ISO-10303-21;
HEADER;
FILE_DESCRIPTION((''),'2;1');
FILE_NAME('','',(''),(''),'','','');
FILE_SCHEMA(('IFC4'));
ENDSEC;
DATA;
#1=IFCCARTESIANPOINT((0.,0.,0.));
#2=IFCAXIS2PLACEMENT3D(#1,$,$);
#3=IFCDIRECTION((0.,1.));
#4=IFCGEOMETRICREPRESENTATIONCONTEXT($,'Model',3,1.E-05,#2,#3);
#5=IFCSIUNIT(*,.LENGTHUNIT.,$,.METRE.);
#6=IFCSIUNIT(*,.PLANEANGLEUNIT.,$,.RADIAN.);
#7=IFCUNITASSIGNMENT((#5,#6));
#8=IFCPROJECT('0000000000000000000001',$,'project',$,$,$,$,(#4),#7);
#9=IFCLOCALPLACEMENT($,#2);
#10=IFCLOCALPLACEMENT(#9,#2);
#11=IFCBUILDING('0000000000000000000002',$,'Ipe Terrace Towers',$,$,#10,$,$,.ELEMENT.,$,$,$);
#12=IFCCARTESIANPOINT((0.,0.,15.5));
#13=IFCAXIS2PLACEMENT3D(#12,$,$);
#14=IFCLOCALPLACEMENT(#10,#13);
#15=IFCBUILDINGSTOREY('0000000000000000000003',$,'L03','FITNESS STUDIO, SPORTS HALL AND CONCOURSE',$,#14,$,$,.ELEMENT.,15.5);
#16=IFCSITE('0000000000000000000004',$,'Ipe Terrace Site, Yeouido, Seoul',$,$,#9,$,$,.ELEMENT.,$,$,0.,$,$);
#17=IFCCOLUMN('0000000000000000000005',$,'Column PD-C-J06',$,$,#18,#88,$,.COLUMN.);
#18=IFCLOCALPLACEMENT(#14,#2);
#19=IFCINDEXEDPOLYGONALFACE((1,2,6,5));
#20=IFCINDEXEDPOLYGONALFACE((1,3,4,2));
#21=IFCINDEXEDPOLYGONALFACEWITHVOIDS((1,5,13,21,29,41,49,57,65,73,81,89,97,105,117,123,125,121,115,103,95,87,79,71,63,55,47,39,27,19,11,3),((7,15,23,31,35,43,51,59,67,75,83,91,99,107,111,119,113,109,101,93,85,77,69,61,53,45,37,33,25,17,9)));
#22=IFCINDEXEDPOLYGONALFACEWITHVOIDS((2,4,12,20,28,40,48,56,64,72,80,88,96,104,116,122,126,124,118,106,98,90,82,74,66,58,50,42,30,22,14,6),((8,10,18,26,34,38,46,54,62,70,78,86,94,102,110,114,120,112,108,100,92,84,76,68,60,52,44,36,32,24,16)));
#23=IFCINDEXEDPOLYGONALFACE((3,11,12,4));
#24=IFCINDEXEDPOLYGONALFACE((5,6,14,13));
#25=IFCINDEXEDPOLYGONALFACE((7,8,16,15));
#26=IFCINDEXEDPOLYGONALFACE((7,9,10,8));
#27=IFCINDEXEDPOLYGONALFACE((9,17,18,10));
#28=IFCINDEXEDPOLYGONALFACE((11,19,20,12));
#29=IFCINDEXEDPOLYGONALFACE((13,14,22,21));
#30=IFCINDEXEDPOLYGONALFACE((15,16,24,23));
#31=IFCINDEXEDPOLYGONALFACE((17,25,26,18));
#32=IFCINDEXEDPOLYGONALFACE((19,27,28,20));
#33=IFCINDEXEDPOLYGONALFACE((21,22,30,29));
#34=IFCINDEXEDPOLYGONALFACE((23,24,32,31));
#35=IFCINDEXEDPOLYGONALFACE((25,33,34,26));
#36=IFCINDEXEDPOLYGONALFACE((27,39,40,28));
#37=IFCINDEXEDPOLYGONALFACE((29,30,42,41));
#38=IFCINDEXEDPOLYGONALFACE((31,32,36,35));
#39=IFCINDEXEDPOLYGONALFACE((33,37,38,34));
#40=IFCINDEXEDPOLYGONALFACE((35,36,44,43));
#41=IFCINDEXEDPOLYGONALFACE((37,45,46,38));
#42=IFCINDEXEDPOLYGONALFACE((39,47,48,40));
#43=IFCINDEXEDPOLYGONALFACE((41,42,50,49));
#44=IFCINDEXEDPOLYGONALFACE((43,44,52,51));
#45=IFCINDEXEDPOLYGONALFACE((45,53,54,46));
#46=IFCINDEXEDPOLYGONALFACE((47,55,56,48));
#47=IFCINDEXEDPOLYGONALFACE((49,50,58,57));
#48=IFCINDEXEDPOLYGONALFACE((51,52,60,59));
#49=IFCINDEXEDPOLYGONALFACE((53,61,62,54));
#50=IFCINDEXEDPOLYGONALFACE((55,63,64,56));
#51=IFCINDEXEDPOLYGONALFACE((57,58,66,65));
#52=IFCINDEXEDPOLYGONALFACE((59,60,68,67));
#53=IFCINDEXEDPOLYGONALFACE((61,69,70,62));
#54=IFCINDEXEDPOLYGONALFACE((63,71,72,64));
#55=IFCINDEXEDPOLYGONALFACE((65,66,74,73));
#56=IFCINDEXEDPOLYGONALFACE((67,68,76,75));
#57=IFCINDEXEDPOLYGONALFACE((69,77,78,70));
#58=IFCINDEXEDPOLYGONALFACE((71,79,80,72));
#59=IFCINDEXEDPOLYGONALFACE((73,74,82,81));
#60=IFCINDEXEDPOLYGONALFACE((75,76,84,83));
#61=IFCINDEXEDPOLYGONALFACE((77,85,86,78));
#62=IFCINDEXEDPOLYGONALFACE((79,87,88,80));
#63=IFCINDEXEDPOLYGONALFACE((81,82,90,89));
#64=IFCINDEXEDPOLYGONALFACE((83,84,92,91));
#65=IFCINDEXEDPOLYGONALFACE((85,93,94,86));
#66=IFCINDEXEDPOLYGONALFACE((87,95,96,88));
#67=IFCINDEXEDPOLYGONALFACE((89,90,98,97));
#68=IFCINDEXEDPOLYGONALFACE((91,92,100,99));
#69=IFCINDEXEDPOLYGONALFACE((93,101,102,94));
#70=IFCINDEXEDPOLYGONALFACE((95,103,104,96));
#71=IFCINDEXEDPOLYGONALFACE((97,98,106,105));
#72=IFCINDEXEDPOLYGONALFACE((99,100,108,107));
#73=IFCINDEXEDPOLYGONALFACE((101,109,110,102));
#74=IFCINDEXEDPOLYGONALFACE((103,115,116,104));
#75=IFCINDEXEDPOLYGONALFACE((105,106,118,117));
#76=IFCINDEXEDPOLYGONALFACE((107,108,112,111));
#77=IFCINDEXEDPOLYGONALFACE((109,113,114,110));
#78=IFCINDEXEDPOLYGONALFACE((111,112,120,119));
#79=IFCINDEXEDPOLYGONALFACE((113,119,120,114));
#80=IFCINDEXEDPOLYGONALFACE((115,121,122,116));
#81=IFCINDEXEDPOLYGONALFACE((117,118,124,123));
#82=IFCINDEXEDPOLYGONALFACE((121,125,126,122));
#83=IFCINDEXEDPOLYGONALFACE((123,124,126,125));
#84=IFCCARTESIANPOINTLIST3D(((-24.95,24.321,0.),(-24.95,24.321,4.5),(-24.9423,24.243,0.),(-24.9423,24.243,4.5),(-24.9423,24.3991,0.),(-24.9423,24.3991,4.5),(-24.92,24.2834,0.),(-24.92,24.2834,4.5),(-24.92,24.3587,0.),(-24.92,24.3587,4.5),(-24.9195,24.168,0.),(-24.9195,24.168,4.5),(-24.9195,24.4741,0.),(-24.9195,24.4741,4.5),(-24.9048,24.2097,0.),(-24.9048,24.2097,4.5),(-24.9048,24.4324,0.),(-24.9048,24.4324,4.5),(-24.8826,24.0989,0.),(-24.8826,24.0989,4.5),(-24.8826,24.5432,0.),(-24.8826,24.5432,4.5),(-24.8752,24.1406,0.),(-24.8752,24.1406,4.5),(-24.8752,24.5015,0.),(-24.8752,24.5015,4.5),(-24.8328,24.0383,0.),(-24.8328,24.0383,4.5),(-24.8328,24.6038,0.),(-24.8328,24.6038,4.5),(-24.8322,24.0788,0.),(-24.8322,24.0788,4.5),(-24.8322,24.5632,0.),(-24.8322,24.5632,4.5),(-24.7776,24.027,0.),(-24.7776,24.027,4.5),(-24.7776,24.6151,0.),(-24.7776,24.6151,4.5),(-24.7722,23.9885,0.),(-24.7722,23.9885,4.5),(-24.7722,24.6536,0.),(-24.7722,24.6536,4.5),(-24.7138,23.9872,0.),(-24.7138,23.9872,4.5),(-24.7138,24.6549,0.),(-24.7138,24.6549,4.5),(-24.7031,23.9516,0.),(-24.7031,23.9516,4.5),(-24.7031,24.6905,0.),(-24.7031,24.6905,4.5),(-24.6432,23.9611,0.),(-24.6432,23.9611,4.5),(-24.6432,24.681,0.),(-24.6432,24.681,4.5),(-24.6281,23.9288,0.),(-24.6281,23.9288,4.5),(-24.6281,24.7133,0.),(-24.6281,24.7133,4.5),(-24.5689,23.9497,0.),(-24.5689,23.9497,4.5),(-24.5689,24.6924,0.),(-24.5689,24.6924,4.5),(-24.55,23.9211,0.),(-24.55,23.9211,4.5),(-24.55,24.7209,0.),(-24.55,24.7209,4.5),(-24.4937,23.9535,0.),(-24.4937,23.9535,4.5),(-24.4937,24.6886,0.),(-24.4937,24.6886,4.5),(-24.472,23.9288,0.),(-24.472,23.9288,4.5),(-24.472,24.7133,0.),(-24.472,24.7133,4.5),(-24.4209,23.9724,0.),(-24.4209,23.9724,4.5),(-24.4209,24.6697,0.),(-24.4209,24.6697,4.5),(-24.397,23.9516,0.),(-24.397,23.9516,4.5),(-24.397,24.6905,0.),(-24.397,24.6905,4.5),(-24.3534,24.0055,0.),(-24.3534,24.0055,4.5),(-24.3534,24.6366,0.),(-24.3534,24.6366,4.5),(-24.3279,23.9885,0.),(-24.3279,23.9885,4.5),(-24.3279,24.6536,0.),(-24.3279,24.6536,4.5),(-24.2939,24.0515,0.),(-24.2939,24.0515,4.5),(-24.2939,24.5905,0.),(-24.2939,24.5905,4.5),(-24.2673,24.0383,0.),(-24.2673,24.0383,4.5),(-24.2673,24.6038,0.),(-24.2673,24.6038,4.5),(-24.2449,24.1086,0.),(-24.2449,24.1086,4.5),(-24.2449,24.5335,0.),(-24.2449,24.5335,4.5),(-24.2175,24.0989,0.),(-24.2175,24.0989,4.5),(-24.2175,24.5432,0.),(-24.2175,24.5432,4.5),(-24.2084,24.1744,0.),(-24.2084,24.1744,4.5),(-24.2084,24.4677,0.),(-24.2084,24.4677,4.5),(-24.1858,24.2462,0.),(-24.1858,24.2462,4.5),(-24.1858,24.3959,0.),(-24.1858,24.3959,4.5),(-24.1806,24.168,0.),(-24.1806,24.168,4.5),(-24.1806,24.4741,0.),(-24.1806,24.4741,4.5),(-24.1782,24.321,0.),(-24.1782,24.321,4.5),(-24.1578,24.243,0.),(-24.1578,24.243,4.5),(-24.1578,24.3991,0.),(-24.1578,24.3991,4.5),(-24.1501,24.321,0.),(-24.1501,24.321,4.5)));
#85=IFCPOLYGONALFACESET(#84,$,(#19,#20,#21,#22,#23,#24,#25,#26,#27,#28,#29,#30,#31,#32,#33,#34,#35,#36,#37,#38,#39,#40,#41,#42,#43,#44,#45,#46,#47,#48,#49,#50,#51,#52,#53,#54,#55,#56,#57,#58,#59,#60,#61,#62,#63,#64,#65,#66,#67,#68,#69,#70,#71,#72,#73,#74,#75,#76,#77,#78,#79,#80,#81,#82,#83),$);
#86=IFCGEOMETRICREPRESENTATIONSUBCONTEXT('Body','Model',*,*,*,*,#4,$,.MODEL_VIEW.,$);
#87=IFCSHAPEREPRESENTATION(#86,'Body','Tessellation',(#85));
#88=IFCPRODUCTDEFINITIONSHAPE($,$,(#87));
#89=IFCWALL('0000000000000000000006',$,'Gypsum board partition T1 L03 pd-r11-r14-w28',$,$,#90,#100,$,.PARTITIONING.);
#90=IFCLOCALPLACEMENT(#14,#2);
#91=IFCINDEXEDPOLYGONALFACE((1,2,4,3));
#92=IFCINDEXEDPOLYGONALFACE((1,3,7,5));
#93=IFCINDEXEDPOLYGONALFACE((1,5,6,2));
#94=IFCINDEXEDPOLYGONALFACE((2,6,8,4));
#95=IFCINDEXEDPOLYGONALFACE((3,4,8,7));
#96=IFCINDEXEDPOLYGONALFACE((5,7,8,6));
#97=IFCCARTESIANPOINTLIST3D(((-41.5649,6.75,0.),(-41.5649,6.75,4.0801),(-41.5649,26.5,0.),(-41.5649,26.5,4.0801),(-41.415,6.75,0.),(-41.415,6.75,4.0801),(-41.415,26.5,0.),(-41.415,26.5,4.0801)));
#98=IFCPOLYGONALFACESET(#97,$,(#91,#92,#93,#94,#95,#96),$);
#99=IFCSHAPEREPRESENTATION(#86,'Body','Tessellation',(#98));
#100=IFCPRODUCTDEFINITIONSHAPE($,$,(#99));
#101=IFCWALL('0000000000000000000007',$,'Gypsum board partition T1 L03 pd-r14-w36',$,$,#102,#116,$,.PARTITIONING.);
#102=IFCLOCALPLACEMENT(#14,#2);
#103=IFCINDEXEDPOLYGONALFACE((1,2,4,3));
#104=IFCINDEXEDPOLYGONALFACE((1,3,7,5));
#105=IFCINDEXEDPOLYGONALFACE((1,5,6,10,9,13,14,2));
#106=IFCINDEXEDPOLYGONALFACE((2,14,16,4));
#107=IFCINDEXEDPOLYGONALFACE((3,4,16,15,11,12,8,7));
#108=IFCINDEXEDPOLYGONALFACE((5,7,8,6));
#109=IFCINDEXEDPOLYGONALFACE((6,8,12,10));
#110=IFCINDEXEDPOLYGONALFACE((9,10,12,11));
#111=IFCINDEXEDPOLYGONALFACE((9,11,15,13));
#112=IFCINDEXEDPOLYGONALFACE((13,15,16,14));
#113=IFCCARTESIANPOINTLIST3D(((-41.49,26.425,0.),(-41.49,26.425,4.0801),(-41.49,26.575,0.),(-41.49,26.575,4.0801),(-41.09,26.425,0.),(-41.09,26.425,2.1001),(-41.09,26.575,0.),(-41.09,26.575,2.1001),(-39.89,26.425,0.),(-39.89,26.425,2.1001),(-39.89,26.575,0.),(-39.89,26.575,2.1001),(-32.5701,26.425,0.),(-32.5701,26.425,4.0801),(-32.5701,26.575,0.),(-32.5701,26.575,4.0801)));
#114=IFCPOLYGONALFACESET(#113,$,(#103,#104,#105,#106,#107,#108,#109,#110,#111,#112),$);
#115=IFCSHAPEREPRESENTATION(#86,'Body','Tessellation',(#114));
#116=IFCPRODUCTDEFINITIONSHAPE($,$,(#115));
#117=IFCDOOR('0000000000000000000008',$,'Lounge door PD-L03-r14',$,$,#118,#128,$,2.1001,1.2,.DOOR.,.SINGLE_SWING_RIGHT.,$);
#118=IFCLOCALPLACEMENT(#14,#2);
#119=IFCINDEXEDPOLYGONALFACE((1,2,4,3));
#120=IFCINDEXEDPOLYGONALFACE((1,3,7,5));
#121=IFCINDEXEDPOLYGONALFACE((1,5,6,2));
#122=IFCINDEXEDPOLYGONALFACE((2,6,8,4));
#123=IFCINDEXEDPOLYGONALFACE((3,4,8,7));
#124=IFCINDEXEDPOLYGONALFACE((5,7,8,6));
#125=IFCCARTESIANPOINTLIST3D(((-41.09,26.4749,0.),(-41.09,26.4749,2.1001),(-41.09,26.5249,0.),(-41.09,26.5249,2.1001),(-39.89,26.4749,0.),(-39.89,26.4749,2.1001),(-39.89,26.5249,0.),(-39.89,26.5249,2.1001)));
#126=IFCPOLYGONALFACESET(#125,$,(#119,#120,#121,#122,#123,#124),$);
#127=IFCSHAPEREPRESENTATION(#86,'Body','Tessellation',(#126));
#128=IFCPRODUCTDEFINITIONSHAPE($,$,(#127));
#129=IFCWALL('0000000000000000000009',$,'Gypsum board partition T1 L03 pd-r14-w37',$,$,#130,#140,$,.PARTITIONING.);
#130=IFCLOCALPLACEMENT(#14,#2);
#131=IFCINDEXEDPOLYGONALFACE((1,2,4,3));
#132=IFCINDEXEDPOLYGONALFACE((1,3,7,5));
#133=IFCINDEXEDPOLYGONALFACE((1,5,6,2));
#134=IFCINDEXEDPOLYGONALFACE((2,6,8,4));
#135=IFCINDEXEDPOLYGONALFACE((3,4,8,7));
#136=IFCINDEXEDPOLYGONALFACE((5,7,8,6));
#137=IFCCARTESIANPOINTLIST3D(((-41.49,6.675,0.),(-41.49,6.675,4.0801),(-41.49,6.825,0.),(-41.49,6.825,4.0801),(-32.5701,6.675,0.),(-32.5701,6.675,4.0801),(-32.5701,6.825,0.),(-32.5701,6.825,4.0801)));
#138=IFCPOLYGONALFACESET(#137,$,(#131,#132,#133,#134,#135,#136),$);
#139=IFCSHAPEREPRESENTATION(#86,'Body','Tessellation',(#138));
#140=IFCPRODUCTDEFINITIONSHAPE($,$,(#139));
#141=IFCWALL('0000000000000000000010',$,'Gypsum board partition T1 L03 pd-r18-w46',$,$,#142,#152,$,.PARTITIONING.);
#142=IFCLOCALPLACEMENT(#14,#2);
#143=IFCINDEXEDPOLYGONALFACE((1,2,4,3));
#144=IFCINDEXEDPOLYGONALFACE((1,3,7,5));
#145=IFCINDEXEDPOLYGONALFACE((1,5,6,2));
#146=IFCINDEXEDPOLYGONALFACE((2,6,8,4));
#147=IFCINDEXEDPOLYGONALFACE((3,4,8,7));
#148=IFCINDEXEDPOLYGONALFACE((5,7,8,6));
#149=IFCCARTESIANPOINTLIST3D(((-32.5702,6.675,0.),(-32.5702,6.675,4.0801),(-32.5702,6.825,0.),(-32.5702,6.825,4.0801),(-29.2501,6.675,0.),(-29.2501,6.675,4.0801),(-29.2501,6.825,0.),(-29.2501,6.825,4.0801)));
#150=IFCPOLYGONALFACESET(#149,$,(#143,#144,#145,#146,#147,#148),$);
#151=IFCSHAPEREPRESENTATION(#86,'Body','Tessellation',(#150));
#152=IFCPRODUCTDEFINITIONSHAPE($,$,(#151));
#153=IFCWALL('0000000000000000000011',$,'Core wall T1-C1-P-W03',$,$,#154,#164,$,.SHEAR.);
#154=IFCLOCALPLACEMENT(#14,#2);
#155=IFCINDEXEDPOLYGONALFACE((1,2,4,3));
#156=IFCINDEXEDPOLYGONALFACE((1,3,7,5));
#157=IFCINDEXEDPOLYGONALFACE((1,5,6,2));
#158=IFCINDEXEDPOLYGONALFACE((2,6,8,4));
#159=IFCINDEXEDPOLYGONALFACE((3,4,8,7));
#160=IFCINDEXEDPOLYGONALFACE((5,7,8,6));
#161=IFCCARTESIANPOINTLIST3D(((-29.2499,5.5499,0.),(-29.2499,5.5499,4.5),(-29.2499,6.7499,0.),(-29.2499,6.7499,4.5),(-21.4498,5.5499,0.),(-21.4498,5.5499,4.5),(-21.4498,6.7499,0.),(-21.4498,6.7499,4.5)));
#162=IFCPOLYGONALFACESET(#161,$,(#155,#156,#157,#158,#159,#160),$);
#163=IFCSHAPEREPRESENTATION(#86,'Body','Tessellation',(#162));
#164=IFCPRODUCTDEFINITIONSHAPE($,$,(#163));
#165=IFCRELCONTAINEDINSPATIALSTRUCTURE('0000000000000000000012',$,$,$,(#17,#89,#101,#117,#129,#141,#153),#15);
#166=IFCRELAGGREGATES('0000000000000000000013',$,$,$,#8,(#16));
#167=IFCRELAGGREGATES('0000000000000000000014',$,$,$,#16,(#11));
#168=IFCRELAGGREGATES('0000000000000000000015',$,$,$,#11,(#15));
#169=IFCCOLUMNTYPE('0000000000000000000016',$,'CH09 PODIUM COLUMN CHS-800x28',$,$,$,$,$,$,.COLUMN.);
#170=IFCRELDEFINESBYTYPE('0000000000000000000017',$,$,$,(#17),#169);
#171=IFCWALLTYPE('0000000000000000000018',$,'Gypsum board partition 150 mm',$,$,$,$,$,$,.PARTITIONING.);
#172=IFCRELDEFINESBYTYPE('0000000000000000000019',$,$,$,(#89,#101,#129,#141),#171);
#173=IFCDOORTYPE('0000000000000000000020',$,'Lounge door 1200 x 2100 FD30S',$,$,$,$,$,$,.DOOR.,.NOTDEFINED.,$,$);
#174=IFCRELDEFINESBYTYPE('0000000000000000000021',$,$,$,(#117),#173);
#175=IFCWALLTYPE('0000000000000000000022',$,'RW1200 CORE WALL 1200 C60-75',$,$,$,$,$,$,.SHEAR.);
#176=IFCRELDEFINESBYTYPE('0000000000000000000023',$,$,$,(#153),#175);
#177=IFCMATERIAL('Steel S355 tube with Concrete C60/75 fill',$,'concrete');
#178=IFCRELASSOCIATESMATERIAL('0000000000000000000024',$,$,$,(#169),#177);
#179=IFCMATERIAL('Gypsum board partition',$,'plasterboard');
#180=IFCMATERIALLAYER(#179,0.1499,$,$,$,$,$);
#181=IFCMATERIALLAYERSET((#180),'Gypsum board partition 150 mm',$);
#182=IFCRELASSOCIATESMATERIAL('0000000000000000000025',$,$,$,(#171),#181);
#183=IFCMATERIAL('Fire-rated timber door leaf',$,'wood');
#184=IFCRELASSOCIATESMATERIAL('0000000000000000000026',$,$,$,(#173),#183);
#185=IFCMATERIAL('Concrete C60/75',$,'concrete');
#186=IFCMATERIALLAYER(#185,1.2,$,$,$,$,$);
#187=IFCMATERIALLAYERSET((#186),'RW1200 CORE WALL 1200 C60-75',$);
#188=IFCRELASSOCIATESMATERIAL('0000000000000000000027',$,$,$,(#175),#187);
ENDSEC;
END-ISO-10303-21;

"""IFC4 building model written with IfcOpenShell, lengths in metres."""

from ifc_helpers import new_model, si_unit, direction, frame, frame_2d, origin, origin_2d, place, context, subcontext, project, spatial, rectangle, hollow_circle, extrude, material, layer, layer_set, material_profile, profile_set, type_object, element, fill, save


model = new_model("IFC4")

# Units and contexts
model_context = context("Model", 3, precision=1e-05, world=origin(), true_north=direction((0.0, 1.0)))
body_context = subcontext(model_context, "Body", "Model", "MODEL_VIEW")
ifc_project = project(units=[si_unit("LENGTHUNIT", "METRE"), si_unit("PLANEANGLEUNIT", "RADIAN")], contexts=[model_context])

# Site, building, storey
site_placement = place(None, origin())
site = spatial("IfcSite", under=ifc_project, at=site_placement, Name="Ipe Terrace Site, Yeouido, Seoul", CompositionType="ELEMENT", RefElevation=0.0)
building_placement = place(site_placement, origin())
building = spatial("IfcBuilding", under=site, at=building_placement, Name="Ipe Terrace Towers", CompositionType="ELEMENT")
storey_placement = place(building_placement, frame((0.0, 0.0, 15.5)))
storey = spatial("IfcBuildingStorey", under=building, at=storey_placement, Name="L03", Description="FITNESS STUDIO, SPORTS HALL AND CONCOURSE", CompositionType="ELEMENT", Elevation=15.5)

# Column
ifc_material_1 = material(Name="Steel S355 tube with Concrete C60/75 fill", Category="concrete")
ifc_material_profile_1 = material_profile(ifc_material_1, hollow_circle(Radius=0.3999, WallThickness=0.0281, at=origin_2d()), Name="CHS-800x28")
ifc_profile_set_1 = profile_set([ifc_material_profile_1], Name="Steel S355 tube with Concrete C60/75 fill")
column_type_1 = type_object("IfcColumnType", Name="CH09 PODIUM COLUMN CHS-800x28", PredefinedType="COLUMN", material=ifc_profile_set_1)
for number, where, z_axis, x_axis, name in (
    (1, (-24.55, 24.321, 0.0), (0.0, 0.0, 1.0), (1.0, 0.0, 0.0), "Column PD-C-J06"),
):
    element("IfcColumn", number, at=place(storey_placement, frame(where, z_axis=z_axis, x_axis=x_axis)), inside=storey, type_object=column_type_1, Name=name, PredefinedType="COLUMN", context=body_context, shape_type="SweptSolid", body=[
        extrude(hollow_circle(Radius=0.3999, WallThickness=0.0281, at=origin_2d()), origin(), (0.0, 0.0, 1.0), 4.5),
    ])

# Wall
ifc_material_2 = material(Name="Gypsum board partition", Category="plasterboard")
ifc_layer_1 = layer(ifc_material_2, 0.1499)
ifc_layer_set_1 = layer_set([ifc_layer_1], Name="Gypsum board partition 150 mm")
wall_type_1 = type_object("IfcWallType", Name="Gypsum board partition 150 mm", PredefinedType="PARTITIONING", material=ifc_layer_set_1)
wall_1_placement = place(storey_placement, frame((-41.49, 26.5, 0.0), z_axis=(0.0, 0.0, 1.0), x_axis=(0.0, -1.0, 0.0)))
element("IfcWall", 2, at=wall_1_placement, inside=storey, type_object=wall_type_1, Name="Gypsum board partition T1 L03 pd-r11-r14-w28", PredefinedType="PARTITIONING", context=body_context, shape_type="SweptSolid", body=[
    extrude(rectangle(XDim=19.75, YDim=0.1499, at=frame_2d((9.875, 0.0))), origin(), (0.0, 0.0, 1.0), 4.0801),
])

# Wall, opening, door
wall_2_placement = place(storey_placement, frame((-41.49, 26.5, 0.0), z_axis=(0.0, 0.0, 1.0), x_axis=(1.0, 0.0, 0.0)))
wall_2 = element("IfcWall", 3, at=wall_2_placement, inside=storey, type_object=wall_type_1, Name="Gypsum board partition T1 L03 pd-r14-w36", PredefinedType="PARTITIONING", context=body_context, shape_type="SweptSolid", body=[
    extrude(rectangle(XDim=8.9199, YDim=0.1499, at=frame_2d((4.46, 0.0))), origin(), (0.0, 0.0, 1.0), 4.0801),
])
opening_1_placement = place(wall_2_placement, frame((0.3999, 0.0, 0.0)))
opening_1 = element("IfcOpeningElement", 4, at=opening_1_placement, cuts=wall_2, PredefinedType="OPENING", context=body_context, shape_type="SweptSolid", body=[
    extrude(rectangle(XDim=1.2, YDim=2.1001, at=frame_2d((0.6001, 1.05))), frame((0.0, 0.085, 0.0), z_axis=(0.0, -1.0, 0.0), x_axis=(1.0, 0.0, 0.0)), (0.0, 0.0, 1.0), 0.1699),
])
ifc_material_3 = material(Name="Fire-rated timber door leaf", Category="wood")
door_type_1 = type_object("IfcDoorType", Name="Lounge door 1200 x 2100 FD30S", OperationType="NOTDEFINED", PredefinedType="DOOR", material=ifc_material_3)
door_1_placement = place(opening_1_placement, origin())
door_1 = element("IfcDoor", 5, at=door_1_placement, inside=storey, type_object=door_type_1, Name="Lounge door PD-L03-r14", OperationType="SINGLE_SWING_RIGHT", OverallHeight=2.1001, OverallWidth=1.2, PredefinedType="DOOR", context=body_context, shape_type="SweptSolid", body=[
    extrude(rectangle(XDim=1.2, YDim=2.1001, at=frame_2d((0.6001, 1.05))), frame((0.0, 0.0249, 0.0), z_axis=(0.0, -1.0, 0.0), x_axis=(1.0, 0.0, 0.0)), (0.0, 0.0, 1.0), 0.05),
])
fill(opening_1, door_1)

# Walls
wall_3_placement = place(storey_placement, frame((-32.5701, 6.75, 0.0), z_axis=(0.0, 0.0, 1.0), x_axis=(-1.0, 0.0, 0.0)))
element("IfcWall", 6, at=wall_3_placement, inside=storey, type_object=wall_type_1, Name="Gypsum board partition T1 L03 pd-r14-w37", PredefinedType="PARTITIONING", context=body_context, shape_type="SweptSolid", body=[
    extrude(rectangle(XDim=8.9199, YDim=0.1499, at=frame_2d((4.46, 0.0))), origin(), (0.0, 0.0, 1.0), 4.0801),
])
wall_4_placement = place(storey_placement, frame((-29.25, 6.75, 0.0), z_axis=(0.0, 0.0, 1.0), x_axis=(-1.0, 0.0, 0.0)))
element("IfcWall", 7, at=wall_4_placement, inside=storey, type_object=wall_type_1, Name="Gypsum board partition T1 L03 pd-r18-w46", PredefinedType="PARTITIONING", context=body_context, shape_type="SweptSolid", body=[
    extrude(rectangle(XDim=3.3201, YDim=0.1499, at=frame_2d((1.6602, 0.0))), origin(), (0.0, 0.0, 1.0), 4.0801),
])
ifc_material_4 = material(Name="Concrete C60/75", Category="concrete")
ifc_layer_2 = layer(ifc_material_4, 1.2)
ifc_layer_set_2 = layer_set([ifc_layer_2], Name="RW1200 CORE WALL 1200 C60-75")
wall_type_2 = type_object("IfcWallType", Name="RW1200 CORE WALL 1200 C60-75", PredefinedType="SHEAR", material=ifc_layer_set_2)
wall_5_placement = place(storey_placement, frame((-21.45, 6.1499, 0.0), z_axis=(0.0, 0.0, 1.0), x_axis=(-1.0, 0.0, 0.0)))
element("IfcWall", 8, at=wall_5_placement, inside=storey, type_object=wall_type_2, Name="Core wall T1-C1-P-W03", PredefinedType="SHEAR", context=body_context, shape_type="SweptSolid", body=[
    extrude(rectangle(XDim=7.8, YDim=1.2, at=frame_2d((3.8999, 0.0))), origin(), (0.0, 0.0, 1.0), 4.5),
])

save(model, "model.ifc")
